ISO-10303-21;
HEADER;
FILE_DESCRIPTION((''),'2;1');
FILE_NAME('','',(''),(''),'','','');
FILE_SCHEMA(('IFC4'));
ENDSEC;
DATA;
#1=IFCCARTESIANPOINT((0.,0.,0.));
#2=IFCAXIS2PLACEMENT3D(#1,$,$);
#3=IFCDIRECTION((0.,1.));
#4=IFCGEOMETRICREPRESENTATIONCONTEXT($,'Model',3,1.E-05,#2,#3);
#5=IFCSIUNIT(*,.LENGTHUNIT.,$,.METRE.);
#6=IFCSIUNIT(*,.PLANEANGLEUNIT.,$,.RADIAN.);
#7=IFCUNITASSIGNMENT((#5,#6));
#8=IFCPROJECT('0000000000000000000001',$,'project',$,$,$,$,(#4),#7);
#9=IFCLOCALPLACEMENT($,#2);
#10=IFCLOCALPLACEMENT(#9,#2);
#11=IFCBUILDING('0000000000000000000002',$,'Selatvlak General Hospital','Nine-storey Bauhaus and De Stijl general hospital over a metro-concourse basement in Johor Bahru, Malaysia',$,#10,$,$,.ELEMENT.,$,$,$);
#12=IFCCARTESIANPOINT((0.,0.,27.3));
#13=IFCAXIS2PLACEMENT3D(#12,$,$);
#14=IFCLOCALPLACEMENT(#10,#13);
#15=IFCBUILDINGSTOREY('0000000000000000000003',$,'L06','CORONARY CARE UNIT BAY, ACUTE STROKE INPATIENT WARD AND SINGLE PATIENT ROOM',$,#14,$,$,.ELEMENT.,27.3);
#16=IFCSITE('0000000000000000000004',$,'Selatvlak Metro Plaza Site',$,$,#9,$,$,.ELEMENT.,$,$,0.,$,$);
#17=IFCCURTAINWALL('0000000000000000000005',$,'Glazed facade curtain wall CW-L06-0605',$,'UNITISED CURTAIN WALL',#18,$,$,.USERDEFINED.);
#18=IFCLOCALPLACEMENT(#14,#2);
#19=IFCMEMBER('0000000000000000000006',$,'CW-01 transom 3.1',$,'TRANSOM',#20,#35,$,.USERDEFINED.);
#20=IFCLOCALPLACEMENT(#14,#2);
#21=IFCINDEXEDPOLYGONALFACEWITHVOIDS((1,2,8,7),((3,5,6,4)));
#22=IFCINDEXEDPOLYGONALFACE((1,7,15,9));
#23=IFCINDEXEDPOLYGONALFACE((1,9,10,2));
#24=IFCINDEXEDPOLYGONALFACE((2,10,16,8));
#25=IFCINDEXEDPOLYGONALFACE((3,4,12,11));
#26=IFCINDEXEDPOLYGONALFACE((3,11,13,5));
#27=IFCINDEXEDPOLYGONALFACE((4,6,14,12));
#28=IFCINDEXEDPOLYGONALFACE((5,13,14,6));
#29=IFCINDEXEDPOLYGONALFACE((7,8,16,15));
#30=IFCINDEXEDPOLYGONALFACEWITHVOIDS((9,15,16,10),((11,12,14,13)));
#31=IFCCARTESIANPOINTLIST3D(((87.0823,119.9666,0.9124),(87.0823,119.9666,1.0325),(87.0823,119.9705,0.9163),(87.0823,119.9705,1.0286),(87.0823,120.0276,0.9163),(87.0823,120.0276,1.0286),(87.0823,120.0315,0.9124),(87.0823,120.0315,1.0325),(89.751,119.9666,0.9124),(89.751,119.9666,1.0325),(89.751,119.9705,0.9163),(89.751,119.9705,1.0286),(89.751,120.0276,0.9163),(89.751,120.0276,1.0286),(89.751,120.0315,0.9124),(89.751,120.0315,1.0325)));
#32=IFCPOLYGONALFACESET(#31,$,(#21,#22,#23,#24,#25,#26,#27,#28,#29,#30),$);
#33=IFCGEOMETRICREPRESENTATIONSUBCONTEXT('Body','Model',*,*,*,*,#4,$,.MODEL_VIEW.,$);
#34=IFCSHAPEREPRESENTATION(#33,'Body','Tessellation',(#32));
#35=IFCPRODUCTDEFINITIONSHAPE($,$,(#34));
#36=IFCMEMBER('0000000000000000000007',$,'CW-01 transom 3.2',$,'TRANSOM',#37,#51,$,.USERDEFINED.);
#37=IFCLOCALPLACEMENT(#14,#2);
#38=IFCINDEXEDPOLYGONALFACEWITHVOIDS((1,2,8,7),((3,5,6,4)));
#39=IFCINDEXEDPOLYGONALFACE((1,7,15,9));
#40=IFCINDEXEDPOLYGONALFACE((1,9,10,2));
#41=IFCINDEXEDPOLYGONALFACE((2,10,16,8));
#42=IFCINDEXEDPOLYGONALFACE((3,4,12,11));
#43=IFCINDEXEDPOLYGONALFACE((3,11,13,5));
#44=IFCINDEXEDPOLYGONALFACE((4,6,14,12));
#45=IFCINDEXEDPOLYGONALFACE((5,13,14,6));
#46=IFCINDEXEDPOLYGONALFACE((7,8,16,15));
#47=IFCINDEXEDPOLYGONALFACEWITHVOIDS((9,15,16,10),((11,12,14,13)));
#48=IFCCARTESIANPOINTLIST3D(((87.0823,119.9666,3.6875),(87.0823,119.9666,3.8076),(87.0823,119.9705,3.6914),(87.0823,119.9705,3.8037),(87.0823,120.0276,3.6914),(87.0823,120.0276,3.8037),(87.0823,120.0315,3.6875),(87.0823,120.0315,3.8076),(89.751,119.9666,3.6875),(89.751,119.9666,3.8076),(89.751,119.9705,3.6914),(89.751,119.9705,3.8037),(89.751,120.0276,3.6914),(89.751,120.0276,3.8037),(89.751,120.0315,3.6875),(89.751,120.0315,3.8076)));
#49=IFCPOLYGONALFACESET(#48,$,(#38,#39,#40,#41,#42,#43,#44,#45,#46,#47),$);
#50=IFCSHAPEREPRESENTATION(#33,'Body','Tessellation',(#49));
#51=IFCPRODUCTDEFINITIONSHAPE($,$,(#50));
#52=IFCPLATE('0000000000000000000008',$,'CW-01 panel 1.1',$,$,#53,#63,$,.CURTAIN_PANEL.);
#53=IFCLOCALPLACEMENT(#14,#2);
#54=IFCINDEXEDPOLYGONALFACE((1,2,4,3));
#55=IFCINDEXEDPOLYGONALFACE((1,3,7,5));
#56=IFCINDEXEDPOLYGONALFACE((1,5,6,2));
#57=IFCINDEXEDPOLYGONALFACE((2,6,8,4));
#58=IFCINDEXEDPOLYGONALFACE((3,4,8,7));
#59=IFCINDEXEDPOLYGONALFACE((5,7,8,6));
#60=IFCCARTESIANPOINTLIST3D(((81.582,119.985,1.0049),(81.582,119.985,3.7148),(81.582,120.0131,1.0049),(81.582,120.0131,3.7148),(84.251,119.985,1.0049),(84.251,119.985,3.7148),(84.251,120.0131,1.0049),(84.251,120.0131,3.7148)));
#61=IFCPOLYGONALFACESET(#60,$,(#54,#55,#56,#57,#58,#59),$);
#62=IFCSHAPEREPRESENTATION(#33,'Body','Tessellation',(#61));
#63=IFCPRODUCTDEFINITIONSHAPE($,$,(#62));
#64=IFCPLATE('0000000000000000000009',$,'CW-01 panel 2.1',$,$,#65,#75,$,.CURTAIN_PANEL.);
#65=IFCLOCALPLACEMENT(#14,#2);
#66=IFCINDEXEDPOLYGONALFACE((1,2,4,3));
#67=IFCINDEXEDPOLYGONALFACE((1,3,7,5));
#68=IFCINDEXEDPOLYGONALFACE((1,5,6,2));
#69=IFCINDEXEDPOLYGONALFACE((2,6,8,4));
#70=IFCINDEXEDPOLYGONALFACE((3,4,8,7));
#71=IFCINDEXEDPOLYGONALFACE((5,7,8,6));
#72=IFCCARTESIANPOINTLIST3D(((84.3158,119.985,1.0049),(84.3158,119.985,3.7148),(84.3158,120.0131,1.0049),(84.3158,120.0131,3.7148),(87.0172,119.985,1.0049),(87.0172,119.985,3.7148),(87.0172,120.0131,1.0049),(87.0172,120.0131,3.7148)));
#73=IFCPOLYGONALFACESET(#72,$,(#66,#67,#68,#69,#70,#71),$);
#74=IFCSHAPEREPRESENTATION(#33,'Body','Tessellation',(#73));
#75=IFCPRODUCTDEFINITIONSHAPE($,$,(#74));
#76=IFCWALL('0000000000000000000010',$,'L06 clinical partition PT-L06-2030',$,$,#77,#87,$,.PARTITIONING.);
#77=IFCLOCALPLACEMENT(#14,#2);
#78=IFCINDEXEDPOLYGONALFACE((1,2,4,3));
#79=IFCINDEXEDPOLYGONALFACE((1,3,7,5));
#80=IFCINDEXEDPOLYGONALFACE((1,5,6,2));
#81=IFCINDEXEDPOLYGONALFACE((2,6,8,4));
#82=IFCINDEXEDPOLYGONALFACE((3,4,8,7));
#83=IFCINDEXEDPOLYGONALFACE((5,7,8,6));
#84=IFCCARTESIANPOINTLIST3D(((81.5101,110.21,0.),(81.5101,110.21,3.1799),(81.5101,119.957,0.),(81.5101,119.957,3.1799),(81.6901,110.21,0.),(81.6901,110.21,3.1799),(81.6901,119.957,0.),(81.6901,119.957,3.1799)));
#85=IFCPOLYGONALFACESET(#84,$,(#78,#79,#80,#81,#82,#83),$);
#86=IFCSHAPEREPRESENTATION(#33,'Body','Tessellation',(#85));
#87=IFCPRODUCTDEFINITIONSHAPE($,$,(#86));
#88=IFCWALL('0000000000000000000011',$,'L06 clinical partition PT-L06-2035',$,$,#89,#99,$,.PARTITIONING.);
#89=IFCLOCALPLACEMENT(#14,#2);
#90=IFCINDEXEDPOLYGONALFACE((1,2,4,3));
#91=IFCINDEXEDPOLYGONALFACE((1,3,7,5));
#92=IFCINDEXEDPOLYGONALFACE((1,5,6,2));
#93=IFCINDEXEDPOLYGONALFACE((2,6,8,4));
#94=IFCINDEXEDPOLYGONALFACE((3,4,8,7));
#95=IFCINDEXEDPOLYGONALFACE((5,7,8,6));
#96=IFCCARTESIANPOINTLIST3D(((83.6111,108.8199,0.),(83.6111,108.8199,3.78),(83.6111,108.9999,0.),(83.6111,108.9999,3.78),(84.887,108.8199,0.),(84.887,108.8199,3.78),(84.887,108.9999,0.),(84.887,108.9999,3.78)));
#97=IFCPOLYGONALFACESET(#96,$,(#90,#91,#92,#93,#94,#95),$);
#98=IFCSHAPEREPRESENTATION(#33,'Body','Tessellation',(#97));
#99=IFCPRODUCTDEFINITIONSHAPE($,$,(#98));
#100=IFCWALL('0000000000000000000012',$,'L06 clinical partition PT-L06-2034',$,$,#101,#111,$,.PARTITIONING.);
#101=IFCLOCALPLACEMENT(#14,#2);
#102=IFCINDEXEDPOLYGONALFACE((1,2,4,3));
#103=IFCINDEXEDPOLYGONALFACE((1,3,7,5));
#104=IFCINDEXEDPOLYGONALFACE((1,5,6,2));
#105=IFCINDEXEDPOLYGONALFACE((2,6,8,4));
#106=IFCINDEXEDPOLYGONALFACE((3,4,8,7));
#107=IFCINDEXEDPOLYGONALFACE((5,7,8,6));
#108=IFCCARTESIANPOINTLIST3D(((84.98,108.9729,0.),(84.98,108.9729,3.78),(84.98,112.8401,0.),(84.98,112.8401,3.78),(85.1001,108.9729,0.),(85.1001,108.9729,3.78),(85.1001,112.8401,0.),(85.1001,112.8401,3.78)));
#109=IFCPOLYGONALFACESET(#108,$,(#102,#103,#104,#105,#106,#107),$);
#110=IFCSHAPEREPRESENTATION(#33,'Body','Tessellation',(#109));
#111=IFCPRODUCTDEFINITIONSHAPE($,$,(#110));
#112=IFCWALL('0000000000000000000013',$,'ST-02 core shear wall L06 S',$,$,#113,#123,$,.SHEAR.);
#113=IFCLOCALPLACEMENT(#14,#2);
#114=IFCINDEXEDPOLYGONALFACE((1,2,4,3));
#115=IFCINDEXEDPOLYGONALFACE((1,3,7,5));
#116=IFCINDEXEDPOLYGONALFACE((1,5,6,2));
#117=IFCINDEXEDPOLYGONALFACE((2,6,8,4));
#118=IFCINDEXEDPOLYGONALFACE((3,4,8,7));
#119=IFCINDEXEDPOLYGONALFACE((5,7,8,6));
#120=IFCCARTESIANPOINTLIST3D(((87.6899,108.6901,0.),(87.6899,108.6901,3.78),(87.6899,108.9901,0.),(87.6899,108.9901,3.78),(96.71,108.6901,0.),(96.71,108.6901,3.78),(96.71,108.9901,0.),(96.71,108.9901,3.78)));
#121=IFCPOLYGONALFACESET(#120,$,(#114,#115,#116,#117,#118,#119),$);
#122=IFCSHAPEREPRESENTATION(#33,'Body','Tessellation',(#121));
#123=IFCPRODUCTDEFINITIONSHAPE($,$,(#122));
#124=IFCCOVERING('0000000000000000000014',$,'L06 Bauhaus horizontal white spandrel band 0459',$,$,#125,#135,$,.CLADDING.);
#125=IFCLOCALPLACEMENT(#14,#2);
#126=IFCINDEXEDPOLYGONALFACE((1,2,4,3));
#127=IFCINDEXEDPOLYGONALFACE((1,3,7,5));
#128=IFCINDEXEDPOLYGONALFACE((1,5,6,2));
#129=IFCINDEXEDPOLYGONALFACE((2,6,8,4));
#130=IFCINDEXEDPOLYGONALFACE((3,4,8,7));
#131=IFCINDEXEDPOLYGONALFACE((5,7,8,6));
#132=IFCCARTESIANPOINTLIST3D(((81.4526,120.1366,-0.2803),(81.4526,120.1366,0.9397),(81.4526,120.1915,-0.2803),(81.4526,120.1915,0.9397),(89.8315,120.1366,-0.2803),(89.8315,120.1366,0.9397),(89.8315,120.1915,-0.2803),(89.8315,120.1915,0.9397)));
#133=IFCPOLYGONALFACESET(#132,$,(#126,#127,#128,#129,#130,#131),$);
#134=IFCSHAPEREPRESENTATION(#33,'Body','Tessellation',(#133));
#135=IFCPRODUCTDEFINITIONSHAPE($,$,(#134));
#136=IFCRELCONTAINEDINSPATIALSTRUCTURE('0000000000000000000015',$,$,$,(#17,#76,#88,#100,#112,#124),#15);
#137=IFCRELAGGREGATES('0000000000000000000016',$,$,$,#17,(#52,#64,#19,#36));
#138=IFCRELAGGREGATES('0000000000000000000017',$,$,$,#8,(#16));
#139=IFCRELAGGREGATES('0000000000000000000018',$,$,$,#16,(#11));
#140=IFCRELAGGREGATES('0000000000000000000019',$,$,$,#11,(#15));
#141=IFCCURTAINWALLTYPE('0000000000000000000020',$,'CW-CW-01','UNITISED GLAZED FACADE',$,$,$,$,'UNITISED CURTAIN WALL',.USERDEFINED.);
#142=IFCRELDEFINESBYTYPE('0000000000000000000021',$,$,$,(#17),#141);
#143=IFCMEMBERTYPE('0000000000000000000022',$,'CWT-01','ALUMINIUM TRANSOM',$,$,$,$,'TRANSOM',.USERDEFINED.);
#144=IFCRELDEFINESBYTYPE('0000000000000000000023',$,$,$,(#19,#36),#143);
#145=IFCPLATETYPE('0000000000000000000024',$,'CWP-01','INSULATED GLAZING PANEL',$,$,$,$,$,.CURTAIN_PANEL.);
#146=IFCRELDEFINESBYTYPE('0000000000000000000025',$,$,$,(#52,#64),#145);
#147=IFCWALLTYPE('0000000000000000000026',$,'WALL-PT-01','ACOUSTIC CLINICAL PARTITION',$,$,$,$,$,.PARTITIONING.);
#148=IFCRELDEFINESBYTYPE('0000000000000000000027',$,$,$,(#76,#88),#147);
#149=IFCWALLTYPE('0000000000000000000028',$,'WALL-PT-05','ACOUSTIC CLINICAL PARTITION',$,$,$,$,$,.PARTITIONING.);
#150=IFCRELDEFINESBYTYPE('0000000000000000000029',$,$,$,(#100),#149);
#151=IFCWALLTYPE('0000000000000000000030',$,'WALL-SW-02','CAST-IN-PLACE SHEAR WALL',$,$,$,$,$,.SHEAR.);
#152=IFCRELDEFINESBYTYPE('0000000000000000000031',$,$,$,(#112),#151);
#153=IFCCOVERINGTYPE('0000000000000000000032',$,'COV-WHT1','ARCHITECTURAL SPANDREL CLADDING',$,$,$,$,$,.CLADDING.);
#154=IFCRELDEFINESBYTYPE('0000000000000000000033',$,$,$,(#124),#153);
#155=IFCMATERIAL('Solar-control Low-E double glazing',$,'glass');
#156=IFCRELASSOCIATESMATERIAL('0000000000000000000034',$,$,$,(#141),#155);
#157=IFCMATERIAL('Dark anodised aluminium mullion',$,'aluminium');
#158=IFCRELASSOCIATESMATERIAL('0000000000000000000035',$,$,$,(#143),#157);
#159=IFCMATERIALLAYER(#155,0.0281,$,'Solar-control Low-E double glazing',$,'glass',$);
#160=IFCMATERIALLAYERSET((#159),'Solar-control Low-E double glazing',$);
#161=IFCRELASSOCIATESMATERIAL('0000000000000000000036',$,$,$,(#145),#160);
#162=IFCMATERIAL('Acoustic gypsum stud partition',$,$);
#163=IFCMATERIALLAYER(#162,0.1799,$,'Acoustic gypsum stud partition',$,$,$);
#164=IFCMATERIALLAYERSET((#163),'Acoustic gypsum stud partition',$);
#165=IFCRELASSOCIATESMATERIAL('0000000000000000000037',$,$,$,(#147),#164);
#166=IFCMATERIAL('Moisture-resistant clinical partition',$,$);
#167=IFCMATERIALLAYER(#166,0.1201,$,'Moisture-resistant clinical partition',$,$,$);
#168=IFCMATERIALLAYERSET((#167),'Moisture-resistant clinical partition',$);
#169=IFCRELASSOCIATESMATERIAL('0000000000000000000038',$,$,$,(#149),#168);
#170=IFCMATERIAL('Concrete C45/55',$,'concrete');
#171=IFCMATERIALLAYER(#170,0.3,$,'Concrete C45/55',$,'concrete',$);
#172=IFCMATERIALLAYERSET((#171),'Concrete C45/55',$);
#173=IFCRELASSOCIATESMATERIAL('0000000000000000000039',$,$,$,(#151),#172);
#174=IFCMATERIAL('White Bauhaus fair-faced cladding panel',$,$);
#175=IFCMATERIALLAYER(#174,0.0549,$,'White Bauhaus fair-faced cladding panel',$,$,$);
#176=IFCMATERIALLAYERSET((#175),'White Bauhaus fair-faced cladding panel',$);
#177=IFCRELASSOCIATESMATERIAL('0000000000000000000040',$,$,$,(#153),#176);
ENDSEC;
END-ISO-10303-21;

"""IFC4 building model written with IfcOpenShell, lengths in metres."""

from ifc_helpers import new_model, si_unit, direction, frame, frame_2d, origin, origin_2d, place, context, subcontext, project, spatial, rectangle, hollow_rectangle, extrude, material, layer, layer_set, material_profile, profile_set, type_object, element, aggregate, save


model = new_model("IFC4")

# Units and contexts
model_context = context("Model", 3, precision=1e-05, world=origin(), true_north=direction((0.0, 1.0)))
body_context = subcontext(model_context, "Body", "Model", "MODEL_VIEW")
ifc_project = project(units=[si_unit("LENGTHUNIT", "METRE"), si_unit("PLANEANGLEUNIT", "RADIAN")], contexts=[model_context])

# Site, building, storey
site_placement = place(None, origin())
site = spatial("IfcSite", under=ifc_project, at=site_placement, Name="Selatvlak Metro Plaza Site", CompositionType="ELEMENT", RefElevation=0.0)
building_placement = place(site_placement, origin())
building = spatial("IfcBuilding", under=site, at=building_placement, Name="Selatvlak General Hospital", Description="Nine-storey Bauhaus and De Stijl general hospital over a metro-concourse basement in Johor Bahru, Malaysia", CompositionType="ELEMENT")
storey_placement = place(building_placement, frame((0.0, 0.0, 27.3)))
storey = spatial("IfcBuildingStorey", under=building, at=storey_placement, Name="L06", Description="CORONARY CARE UNIT BAY, ACUTE STROKE INPATIENT WARD AND SINGLE PATIENT ROOM", CompositionType="ELEMENT", Elevation=27.3)

# Curtain wall, members, plates
ifc_material_1 = material(Name="Solar-control Low-E double glazing", Category="glass")
curtain_wall_type = type_object("IfcCurtainWallType", Name="CW-CW-01", Description="UNITISED GLAZED FACADE", ElementType="UNITISED CURTAIN WALL", PredefinedType="USERDEFINED", material=ifc_material_1)
curtain_wall_placement = place(storey_placement, origin())
curtain_wall = element("IfcCurtainWall", 1, at=curtain_wall_placement, inside=storey, type_object=curtain_wall_type, Name="Glazed facade curtain wall CW-L06-0605", ObjectType="UNITISED CURTAIN WALL", PredefinedType="USERDEFINED")
ifc_material_2 = material(Name="Dark anodised aluminium mullion", Category="aluminium")
ifc_material_profile_1 = material_profile(ifc_material_2, hollow_rectangle(XDim=0.0649, YDim=0.1201, WallThickness=0.0039, at=origin_2d()), Name="AL-TRN 65x120x4")
ifc_profile_set_1 = profile_set([ifc_material_profile_1], Name="Dark anodised aluminium mullion")
member_type_1 = type_object("IfcMemberType", Name="CWT-01", Description="ALUMINIUM TRANSOM", ElementType="TRANSOM", PredefinedType="USERDEFINED", material=ifc_profile_set_1)
member_1_placement = place(storey_placement, frame((87.0823, 119.999, 0.9724), z_axis=(1.0, 0.0, 0.0), x_axis=(0.0, 1.0, 0.0)))
member_1 = element("IfcMember", 2, at=member_1_placement, type_object=member_type_1, Name="CW-01 transom 3.1", ObjectType="TRANSOM", PredefinedType="USERDEFINED", context=body_context, shape_type="SweptSolid", body=[
    extrude(hollow_rectangle(XDim=0.0649, YDim=0.1201, WallThickness=0.0039, at=origin_2d()), origin(), (0.0, 0.0, 1.0), 2.6687),
])
member_2_placement = place(storey_placement, frame((87.0823, 119.999, 3.7476), z_axis=(1.0, 0.0, 0.0), x_axis=(0.0, 1.0, 0.0)))
member_2 = element("IfcMember", 3, at=member_2_placement, type_object=member_type_1, Name="CW-01 transom 3.2", ObjectType="TRANSOM", PredefinedType="USERDEFINED", context=body_context, shape_type="SweptSolid", body=[
    extrude(hollow_rectangle(XDim=0.0649, YDim=0.1201, WallThickness=0.0039, at=origin_2d()), origin(), (0.0, 0.0, 1.0), 2.6687),
])
ifc_layer_1 = layer(ifc_material_1, 0.0281, Name="Solar-control Low-E double glazing", Category="glass")
ifc_layer_set_1 = layer_set([ifc_layer_1], Name="Solar-control Low-E double glazing")
plate_type = type_object("IfcPlateType", Name="CWP-01", Description="INSULATED GLAZING PANEL", PredefinedType="CURTAIN_PANEL", material=ifc_layer_set_1)
plate_1_placement = place(storey_placement, frame((82.9165, 119.999, 1.0049), z_axis=(0.0, 0.0, 1.0), x_axis=(1.0, 0.0, 0.0)))
plate_1 = element("IfcPlate", 4, at=plate_1_placement, type_object=plate_type, Name="CW-01 panel 1.1", PredefinedType="CURTAIN_PANEL", context=body_context, shape_type="SweptSolid", body=[
    extrude(rectangle(XDim=2.6689, YDim=0.0281, at=origin_2d()), origin(), (0.0, 0.0, 1.0), 2.71),
])
plate_2_placement = place(storey_placement, frame((85.6665, 119.999, 1.0049), z_axis=(0.0, 0.0, 1.0), x_axis=(1.0, 0.0, 0.0)))
plate_2 = element("IfcPlate", 5, at=plate_2_placement, type_object=plate_type, Name="CW-01 panel 2.1", PredefinedType="CURTAIN_PANEL", context=body_context, shape_type="SweptSolid", body=[
    extrude(rectangle(XDim=2.7014, YDim=0.0281, at=origin_2d()), origin(), (0.0, 0.0, 1.0), 2.71),
])
aggregate(curtain_wall, [plate_1, plate_2, member_1, member_2])

# Walls
ifc_material_3 = material(Name="Acoustic gypsum stud partition")
ifc_layer_2 = layer(ifc_material_3, 0.1799, Name="Acoustic gypsum stud partition")
ifc_layer_set_2 = layer_set([ifc_layer_2], Name="Acoustic gypsum stud partition")
wall_type_1 = type_object("IfcWallType", Name="WALL-PT-01", Description="ACOUSTIC CLINICAL PARTITION", PredefinedType="PARTITIONING", material=ifc_layer_set_2)
wall_1_placement = place(storey_placement, frame((81.6001, 119.957, 0.0), z_axis=(0.0, 0.0, 1.0), x_axis=(0.0, -1.0, 0.0)))
element("IfcWall", 6, at=wall_1_placement, inside=storey, type_object=wall_type_1, Name="L06 clinical partition PT-L06-2030", PredefinedType="PARTITIONING", context=body_context, shape_type="SweptSolid", body=[
    extrude(rectangle(XDim=9.7471, YDim=0.1799, at=frame_2d((4.8735, 0.0))), origin(), (0.0, 0.0, 1.0), 3.1799),
])
wall_2_placement = place(storey_placement, frame((84.887, 108.9099, 0.0), z_axis=(0.0, 0.0, 1.0), x_axis=(-1.0, 0.0, 0.0)))
element("IfcWall", 7, at=wall_2_placement, inside=storey, type_object=wall_type_1, Name="L06 clinical partition PT-L06-2035", PredefinedType="PARTITIONING", context=body_context, shape_type="SweptSolid", body=[
    extrude(rectangle(XDim=1.2759, YDim=0.1799, at=frame_2d((0.6379, 0.0))), origin(), (0.0, 0.0, 1.0), 3.78),
])

# Shared definitions
ifc_material_4 = material(Name="Moisture-resistant clinical partition")

# Walls
ifc_layer_3 = layer(ifc_material_4, 0.1201, Name="Moisture-resistant clinical partition")
ifc_layer_set_3 = layer_set([ifc_layer_3], Name="Moisture-resistant clinical partition")
wall_type_2 = type_object("IfcWallType", Name="WALL-PT-05", Description="ACOUSTIC CLINICAL PARTITION", PredefinedType="PARTITIONING", material=ifc_layer_set_3)
wall_3_placement = place(storey_placement, frame((85.04, 112.8401, 0.0), z_axis=(0.0, 0.0, 1.0), x_axis=(0.0, -1.0, 0.0)))
element("IfcWall", 8, at=wall_3_placement, inside=storey, type_object=wall_type_2, Name="L06 clinical partition PT-L06-2034", PredefinedType="PARTITIONING", context=body_context, shape_type="SweptSolid", body=[
    extrude(rectangle(XDim=3.8672, YDim=0.1201, at=frame_2d((1.9336, 0.0))), origin(), (0.0, 0.0, 1.0), 3.78),
])
ifc_material_5 = material(Name="Concrete C45/55", Category="concrete")
ifc_layer_4 = layer(ifc_material_5, 0.3, Name="Concrete C45/55", Category="concrete")
ifc_layer_set_4 = layer_set([ifc_layer_4], Name="Concrete C45/55")
wall_type_3 = type_object("IfcWallType", Name="WALL-SW-02", Description="CAST-IN-PLACE SHEAR WALL", PredefinedType="SHEAR", material=ifc_layer_set_4)
wall_4_placement = place(storey_placement, frame((87.6899, 108.8401, 0.0), z_axis=(0.0, 0.0, 1.0), x_axis=(1.0, 0.0, 0.0)))
element("IfcWall", 9, at=wall_4_placement, inside=storey, type_object=wall_type_3, Name="ST-02 core shear wall L06 S", PredefinedType="SHEAR", context=body_context, shape_type="SweptSolid", body=[
    extrude(rectangle(XDim=9.02, YDim=0.3, at=frame_2d((4.51, 0.0))), origin(), (0.0, 0.0, 1.0), 3.78),
])

# Covering
ifc_material_6 = material(Name="White Bauhaus fair-faced cladding panel")
ifc_layer_5 = layer(ifc_material_6, 0.0549, Name="White Bauhaus fair-faced cladding panel")
ifc_layer_set_5 = layer_set([ifc_layer_5], Name="White Bauhaus fair-faced cladding panel")
covering_type = type_object("IfcCoveringType", Name="COV-WHT1", Description="ARCHITECTURAL SPANDREL CLADDING", PredefinedType="CLADDING", material=ifc_layer_set_5)
covering_placement = place(storey_placement, frame((85.6421, 120.1641, -0.2803), z_axis=(0.0, 0.0, 1.0), x_axis=(1.0, 0.0, 0.0)))
element("IfcCovering", 10, at=covering_placement, inside=storey, type_object=covering_type, Name="L06 Bauhaus horizontal white spandrel band 0459", PredefinedType="CLADDING", context=body_context, shape_type="SweptSolid", body=[
    extrude(rectangle(XDim=8.3789, YDim=0.0549, at=origin_2d()), origin(), (0.0, 0.0, 1.0), 1.22),
])

save(model, "model.ifc")
